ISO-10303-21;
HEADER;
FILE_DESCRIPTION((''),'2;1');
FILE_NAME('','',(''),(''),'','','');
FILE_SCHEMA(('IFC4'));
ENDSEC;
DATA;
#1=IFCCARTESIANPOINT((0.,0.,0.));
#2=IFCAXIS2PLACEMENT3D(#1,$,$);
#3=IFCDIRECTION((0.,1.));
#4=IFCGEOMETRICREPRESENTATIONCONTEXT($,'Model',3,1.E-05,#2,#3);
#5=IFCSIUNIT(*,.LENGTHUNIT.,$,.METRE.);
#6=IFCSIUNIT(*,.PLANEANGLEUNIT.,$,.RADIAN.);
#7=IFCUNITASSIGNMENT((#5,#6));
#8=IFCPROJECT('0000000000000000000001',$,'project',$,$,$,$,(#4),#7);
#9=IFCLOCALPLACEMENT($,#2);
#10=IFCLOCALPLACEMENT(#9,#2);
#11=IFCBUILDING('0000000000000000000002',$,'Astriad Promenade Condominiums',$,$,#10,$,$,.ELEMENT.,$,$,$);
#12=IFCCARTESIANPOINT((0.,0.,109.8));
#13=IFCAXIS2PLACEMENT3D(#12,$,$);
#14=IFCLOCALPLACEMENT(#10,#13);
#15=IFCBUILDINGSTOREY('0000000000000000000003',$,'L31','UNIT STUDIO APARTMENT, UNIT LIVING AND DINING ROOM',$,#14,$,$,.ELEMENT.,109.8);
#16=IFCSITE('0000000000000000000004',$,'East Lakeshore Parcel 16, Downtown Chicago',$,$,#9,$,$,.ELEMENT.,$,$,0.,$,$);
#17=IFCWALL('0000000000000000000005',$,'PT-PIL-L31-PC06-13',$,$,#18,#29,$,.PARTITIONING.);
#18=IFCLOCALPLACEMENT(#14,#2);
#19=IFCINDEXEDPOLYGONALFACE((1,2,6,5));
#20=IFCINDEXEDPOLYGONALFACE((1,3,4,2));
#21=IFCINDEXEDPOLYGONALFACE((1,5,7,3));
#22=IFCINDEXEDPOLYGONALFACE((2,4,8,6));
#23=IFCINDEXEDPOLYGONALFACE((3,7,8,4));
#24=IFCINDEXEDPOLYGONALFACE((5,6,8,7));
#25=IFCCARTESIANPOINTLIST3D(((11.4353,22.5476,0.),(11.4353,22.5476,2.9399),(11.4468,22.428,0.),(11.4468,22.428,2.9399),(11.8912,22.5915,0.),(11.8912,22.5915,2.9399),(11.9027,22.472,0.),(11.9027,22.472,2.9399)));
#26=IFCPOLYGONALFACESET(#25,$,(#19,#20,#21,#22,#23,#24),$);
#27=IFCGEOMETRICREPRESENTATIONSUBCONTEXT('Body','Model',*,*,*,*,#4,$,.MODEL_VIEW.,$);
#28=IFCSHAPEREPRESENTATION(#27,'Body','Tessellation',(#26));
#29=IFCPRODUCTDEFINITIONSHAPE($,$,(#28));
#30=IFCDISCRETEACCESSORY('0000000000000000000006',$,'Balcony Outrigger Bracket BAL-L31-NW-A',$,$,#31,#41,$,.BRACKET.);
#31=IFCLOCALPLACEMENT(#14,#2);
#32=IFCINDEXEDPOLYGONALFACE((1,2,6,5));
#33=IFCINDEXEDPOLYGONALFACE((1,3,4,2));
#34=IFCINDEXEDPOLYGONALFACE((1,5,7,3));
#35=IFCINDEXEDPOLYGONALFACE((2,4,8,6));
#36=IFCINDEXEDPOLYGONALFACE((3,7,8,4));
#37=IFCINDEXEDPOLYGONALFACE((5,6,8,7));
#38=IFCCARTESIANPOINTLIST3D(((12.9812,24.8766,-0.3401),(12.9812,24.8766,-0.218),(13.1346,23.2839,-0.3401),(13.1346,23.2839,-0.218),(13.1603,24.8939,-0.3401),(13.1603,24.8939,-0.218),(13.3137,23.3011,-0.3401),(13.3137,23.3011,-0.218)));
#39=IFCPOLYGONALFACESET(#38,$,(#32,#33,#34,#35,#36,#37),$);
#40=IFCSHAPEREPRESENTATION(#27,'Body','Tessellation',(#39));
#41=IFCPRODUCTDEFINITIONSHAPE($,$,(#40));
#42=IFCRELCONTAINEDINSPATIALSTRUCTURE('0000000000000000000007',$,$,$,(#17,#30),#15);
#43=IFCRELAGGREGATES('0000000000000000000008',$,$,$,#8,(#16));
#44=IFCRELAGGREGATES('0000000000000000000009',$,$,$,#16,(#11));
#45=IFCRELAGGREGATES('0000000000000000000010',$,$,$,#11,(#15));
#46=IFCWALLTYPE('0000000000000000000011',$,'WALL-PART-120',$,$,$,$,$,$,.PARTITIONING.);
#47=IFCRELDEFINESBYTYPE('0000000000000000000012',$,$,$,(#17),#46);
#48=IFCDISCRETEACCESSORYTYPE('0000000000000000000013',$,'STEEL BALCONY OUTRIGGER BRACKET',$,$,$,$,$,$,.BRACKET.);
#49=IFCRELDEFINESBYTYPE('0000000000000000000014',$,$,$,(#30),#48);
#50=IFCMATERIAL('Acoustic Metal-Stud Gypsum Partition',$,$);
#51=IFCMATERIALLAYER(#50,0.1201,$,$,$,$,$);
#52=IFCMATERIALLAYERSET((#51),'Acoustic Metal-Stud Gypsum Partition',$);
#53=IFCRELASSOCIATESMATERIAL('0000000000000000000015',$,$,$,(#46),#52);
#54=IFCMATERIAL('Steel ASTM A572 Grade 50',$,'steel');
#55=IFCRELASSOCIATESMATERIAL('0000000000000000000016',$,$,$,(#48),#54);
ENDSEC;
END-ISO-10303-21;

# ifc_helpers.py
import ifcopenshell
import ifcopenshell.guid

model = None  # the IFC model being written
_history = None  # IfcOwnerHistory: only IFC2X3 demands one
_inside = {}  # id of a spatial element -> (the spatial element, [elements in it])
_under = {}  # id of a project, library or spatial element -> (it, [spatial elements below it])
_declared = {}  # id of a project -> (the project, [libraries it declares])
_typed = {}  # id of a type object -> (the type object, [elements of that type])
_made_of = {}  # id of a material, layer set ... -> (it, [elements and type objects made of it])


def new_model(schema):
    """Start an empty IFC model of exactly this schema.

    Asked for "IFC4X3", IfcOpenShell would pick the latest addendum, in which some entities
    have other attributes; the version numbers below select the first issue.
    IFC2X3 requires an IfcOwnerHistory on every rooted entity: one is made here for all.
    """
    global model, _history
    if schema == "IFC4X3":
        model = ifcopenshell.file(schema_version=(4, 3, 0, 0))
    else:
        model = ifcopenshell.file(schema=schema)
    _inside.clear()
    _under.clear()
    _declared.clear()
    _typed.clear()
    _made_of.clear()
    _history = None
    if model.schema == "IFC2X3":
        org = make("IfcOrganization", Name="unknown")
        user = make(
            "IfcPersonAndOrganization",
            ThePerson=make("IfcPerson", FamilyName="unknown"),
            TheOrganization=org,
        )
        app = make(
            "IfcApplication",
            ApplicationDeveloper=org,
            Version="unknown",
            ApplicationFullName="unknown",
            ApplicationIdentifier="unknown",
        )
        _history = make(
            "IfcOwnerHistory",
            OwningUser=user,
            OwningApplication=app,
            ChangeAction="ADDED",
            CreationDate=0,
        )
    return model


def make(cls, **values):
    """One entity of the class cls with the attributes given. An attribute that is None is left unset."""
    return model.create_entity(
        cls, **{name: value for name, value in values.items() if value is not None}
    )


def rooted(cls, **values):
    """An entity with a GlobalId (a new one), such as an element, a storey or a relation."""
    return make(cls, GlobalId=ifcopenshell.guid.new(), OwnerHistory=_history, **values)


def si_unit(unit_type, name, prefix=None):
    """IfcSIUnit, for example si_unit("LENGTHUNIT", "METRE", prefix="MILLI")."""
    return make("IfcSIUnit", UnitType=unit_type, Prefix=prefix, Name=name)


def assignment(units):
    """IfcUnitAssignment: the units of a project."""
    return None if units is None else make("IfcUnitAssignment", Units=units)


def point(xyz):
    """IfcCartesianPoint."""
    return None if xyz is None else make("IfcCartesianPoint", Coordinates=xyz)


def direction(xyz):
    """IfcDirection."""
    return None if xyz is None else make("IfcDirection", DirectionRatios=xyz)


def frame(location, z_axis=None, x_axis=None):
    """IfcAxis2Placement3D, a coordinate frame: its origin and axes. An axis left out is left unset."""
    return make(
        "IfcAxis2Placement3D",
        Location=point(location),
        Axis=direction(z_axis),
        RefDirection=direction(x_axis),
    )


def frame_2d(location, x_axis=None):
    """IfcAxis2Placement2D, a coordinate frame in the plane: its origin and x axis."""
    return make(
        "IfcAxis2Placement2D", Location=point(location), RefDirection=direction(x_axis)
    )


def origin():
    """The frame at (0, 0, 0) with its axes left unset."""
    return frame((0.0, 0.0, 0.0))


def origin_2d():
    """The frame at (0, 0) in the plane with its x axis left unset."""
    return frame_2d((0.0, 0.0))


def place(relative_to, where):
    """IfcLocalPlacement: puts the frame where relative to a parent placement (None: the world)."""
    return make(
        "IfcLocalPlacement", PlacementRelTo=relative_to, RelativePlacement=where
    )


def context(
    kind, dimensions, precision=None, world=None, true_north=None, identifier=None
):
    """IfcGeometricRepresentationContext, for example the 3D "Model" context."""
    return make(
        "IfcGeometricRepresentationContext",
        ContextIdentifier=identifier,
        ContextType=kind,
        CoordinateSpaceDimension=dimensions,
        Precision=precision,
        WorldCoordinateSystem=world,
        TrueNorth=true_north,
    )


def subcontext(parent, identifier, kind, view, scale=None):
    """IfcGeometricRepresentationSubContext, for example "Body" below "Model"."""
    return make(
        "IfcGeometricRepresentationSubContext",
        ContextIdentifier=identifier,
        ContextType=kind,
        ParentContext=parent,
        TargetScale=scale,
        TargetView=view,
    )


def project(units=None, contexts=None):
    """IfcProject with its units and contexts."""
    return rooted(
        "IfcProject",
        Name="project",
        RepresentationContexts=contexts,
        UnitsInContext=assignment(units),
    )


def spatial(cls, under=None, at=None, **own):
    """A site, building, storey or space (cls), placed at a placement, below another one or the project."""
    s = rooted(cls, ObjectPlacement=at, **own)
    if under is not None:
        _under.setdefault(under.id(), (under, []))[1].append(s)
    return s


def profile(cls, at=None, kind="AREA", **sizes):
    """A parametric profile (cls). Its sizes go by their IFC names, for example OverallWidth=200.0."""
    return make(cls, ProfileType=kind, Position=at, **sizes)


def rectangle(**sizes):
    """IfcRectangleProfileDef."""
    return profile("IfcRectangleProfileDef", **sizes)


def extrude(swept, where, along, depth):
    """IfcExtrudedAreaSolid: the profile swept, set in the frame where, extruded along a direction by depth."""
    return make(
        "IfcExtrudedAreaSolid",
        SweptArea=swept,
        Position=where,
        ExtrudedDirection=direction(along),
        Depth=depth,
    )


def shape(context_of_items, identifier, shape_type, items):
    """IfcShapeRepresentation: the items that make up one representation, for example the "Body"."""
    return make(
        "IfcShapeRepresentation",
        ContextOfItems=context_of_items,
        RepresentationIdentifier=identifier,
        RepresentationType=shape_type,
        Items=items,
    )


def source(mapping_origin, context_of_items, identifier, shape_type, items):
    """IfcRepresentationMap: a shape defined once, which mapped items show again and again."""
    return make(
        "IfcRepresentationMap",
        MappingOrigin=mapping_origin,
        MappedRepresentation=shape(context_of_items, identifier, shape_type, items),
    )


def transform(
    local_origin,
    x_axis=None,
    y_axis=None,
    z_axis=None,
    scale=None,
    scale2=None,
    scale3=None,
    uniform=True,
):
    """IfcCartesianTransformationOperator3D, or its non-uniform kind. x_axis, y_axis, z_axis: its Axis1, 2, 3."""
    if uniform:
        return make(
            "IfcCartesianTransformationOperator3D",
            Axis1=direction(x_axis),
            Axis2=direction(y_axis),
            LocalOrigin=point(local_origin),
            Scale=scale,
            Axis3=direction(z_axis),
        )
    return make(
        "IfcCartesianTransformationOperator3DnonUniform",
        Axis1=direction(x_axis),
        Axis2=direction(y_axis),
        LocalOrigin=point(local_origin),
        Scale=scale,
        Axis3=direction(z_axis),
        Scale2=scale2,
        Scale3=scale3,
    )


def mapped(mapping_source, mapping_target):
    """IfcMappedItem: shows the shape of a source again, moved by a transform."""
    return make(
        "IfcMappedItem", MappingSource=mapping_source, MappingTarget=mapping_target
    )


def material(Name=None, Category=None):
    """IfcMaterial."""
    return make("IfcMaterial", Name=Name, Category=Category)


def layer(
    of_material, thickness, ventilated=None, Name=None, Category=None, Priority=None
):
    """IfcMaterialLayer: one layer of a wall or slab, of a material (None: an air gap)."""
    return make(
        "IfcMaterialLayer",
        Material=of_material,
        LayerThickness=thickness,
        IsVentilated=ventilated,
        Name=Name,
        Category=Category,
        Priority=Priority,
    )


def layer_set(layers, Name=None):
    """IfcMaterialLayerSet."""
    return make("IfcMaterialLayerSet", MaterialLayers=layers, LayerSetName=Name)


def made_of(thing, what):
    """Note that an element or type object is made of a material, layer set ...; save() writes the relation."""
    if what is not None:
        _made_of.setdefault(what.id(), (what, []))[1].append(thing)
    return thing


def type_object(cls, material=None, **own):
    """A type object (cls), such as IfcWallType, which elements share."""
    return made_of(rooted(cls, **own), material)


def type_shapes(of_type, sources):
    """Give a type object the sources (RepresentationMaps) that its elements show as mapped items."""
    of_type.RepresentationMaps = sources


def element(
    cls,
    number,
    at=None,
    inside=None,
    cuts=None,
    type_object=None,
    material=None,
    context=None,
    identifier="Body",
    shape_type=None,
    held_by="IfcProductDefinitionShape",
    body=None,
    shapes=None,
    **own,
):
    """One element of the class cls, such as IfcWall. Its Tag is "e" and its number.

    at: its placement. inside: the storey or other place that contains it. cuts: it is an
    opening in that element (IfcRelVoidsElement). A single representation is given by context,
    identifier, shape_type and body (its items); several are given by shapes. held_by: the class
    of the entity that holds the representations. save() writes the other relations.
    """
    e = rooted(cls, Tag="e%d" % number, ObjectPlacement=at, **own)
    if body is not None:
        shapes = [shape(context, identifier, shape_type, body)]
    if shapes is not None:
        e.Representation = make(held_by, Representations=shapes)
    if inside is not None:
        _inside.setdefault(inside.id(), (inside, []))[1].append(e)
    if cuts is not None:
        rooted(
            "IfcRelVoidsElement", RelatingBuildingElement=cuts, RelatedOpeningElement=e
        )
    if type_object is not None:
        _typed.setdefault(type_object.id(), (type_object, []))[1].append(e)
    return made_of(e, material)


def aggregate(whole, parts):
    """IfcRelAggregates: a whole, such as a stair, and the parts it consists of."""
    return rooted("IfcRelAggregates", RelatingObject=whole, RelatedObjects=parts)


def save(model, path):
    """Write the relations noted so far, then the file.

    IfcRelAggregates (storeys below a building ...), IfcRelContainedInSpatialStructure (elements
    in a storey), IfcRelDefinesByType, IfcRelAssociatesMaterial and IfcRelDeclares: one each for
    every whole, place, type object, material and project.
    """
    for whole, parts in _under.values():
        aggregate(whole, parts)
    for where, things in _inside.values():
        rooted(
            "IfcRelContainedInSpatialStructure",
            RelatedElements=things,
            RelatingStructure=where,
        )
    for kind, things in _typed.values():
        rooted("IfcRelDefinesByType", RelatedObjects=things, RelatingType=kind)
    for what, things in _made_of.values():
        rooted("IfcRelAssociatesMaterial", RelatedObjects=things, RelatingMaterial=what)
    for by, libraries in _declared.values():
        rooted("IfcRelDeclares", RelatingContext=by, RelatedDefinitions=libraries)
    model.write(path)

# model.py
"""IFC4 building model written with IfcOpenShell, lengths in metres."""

from ifc_helpers import new_model, si_unit, direction, frame, frame_2d, origin, origin_2d, place, context, subcontext, project, spatial, rectangle, extrude, source, transform, mapped, material, layer, layer_set, type_object, type_shapes, element, save


model = new_model("IFC4")

# Units and contexts
model_context = context("Model", 3, precision=1e-05, world=origin(), true_north=direction((0.0, 1.0)))
body_context = subcontext(model_context, "Body", "Model", "MODEL_VIEW")
ifc_project = project(units=[si_unit("LENGTHUNIT", "METRE"), si_unit("PLANEANGLEUNIT", "RADIAN")], contexts=[model_context])

# Site, building, storey
site_placement = place(None, origin())
site = spatial("IfcSite", under=ifc_project, at=site_placement, Name="East Lakeshore Parcel 16, Downtown Chicago", CompositionType="ELEMENT", RefElevation=0.0)
building_placement = place(site_placement, origin())
building = spatial("IfcBuilding", under=site, at=building_placement, Name="Astriad Promenade Condominiums", CompositionType="ELEMENT")
storey_placement = place(building_placement, frame((0.0, 0.0, 109.8)))
storey = spatial("IfcBuildingStorey", under=building, at=storey_placement, Name="L31", Description="UNIT STUDIO APARTMENT, UNIT LIVING AND DINING ROOM", CompositionType="ELEMENT", Elevation=109.8)

# Shared definitions
ifc_material_1 = material(Name="Acoustic Metal-Stud Gypsum Partition")
ifc_layer_1 = layer(ifc_material_1, 0.1201)
ifc_layer_set_1 = layer_set([ifc_layer_1], Name="Acoustic Metal-Stud Gypsum Partition")
wall_type_1 = type_object("IfcWallType", Name="WALL-PART-120", PredefinedType="PARTITIONING", material=ifc_layer_set_1)

# Wall
wall_1_placement = place(storey_placement, frame((11.897, 22.5317, 0.0), z_axis=(0.0, 0.0, 1.0), x_axis=(-0.995385, -0.095966, 0.0)))
element("IfcWall", 1, at=wall_1_placement, inside=storey, type_object=wall_type_1, Name="PT-PIL-L31-PC06-13", PredefinedType="PARTITIONING", context=body_context, shape_type="SweptSolid", body=[
    extrude(rectangle(XDim=0.458, YDim=0.1201, at=frame_2d((0.229, 0.0))), origin(), (0.0, 0.0, 1.0), 2.9399),
])

# Discrete accessory
ifc_material_2 = material(Name="Steel ASTM A572 Grade 50", Category="steel")
discrete_accessory_type = type_object("IfcDiscreteAccessoryType", Name="STEEL BALCONY OUTRIGGER BRACKET", PredefinedType="BRACKET", material=ifc_material_2)
shared_shape_1 = source(origin(), body_context, "Body", "SweptSolid", [
    extrude(rectangle(XDim=1.6001, YDim=0.1799, at=origin_2d()), origin(), (0.0, 0.0, 1.0), 0.1221),
])
type_shapes(discrete_accessory_type, [shared_shape_1])
discrete_accessory_placement = place(storey_placement, frame((13.1475, 24.0889, -0.3401), z_axis=(0.0, 0.0, 1.0), x_axis=(-0.095846, 0.995396, 0.0)))
element("IfcDiscreteAccessory", 2, at=discrete_accessory_placement, inside=storey, type_object=discrete_accessory_type, Name="Balcony Outrigger Bracket BAL-L31-NW-A", PredefinedType="BRACKET", context=body_context, shape_type="MappedRepresentation", body=[
    mapped(shared_shape_1, transform((0.0, 0.0, 0.0), scale=1.0)),
])

save(model, "model.ifc")
